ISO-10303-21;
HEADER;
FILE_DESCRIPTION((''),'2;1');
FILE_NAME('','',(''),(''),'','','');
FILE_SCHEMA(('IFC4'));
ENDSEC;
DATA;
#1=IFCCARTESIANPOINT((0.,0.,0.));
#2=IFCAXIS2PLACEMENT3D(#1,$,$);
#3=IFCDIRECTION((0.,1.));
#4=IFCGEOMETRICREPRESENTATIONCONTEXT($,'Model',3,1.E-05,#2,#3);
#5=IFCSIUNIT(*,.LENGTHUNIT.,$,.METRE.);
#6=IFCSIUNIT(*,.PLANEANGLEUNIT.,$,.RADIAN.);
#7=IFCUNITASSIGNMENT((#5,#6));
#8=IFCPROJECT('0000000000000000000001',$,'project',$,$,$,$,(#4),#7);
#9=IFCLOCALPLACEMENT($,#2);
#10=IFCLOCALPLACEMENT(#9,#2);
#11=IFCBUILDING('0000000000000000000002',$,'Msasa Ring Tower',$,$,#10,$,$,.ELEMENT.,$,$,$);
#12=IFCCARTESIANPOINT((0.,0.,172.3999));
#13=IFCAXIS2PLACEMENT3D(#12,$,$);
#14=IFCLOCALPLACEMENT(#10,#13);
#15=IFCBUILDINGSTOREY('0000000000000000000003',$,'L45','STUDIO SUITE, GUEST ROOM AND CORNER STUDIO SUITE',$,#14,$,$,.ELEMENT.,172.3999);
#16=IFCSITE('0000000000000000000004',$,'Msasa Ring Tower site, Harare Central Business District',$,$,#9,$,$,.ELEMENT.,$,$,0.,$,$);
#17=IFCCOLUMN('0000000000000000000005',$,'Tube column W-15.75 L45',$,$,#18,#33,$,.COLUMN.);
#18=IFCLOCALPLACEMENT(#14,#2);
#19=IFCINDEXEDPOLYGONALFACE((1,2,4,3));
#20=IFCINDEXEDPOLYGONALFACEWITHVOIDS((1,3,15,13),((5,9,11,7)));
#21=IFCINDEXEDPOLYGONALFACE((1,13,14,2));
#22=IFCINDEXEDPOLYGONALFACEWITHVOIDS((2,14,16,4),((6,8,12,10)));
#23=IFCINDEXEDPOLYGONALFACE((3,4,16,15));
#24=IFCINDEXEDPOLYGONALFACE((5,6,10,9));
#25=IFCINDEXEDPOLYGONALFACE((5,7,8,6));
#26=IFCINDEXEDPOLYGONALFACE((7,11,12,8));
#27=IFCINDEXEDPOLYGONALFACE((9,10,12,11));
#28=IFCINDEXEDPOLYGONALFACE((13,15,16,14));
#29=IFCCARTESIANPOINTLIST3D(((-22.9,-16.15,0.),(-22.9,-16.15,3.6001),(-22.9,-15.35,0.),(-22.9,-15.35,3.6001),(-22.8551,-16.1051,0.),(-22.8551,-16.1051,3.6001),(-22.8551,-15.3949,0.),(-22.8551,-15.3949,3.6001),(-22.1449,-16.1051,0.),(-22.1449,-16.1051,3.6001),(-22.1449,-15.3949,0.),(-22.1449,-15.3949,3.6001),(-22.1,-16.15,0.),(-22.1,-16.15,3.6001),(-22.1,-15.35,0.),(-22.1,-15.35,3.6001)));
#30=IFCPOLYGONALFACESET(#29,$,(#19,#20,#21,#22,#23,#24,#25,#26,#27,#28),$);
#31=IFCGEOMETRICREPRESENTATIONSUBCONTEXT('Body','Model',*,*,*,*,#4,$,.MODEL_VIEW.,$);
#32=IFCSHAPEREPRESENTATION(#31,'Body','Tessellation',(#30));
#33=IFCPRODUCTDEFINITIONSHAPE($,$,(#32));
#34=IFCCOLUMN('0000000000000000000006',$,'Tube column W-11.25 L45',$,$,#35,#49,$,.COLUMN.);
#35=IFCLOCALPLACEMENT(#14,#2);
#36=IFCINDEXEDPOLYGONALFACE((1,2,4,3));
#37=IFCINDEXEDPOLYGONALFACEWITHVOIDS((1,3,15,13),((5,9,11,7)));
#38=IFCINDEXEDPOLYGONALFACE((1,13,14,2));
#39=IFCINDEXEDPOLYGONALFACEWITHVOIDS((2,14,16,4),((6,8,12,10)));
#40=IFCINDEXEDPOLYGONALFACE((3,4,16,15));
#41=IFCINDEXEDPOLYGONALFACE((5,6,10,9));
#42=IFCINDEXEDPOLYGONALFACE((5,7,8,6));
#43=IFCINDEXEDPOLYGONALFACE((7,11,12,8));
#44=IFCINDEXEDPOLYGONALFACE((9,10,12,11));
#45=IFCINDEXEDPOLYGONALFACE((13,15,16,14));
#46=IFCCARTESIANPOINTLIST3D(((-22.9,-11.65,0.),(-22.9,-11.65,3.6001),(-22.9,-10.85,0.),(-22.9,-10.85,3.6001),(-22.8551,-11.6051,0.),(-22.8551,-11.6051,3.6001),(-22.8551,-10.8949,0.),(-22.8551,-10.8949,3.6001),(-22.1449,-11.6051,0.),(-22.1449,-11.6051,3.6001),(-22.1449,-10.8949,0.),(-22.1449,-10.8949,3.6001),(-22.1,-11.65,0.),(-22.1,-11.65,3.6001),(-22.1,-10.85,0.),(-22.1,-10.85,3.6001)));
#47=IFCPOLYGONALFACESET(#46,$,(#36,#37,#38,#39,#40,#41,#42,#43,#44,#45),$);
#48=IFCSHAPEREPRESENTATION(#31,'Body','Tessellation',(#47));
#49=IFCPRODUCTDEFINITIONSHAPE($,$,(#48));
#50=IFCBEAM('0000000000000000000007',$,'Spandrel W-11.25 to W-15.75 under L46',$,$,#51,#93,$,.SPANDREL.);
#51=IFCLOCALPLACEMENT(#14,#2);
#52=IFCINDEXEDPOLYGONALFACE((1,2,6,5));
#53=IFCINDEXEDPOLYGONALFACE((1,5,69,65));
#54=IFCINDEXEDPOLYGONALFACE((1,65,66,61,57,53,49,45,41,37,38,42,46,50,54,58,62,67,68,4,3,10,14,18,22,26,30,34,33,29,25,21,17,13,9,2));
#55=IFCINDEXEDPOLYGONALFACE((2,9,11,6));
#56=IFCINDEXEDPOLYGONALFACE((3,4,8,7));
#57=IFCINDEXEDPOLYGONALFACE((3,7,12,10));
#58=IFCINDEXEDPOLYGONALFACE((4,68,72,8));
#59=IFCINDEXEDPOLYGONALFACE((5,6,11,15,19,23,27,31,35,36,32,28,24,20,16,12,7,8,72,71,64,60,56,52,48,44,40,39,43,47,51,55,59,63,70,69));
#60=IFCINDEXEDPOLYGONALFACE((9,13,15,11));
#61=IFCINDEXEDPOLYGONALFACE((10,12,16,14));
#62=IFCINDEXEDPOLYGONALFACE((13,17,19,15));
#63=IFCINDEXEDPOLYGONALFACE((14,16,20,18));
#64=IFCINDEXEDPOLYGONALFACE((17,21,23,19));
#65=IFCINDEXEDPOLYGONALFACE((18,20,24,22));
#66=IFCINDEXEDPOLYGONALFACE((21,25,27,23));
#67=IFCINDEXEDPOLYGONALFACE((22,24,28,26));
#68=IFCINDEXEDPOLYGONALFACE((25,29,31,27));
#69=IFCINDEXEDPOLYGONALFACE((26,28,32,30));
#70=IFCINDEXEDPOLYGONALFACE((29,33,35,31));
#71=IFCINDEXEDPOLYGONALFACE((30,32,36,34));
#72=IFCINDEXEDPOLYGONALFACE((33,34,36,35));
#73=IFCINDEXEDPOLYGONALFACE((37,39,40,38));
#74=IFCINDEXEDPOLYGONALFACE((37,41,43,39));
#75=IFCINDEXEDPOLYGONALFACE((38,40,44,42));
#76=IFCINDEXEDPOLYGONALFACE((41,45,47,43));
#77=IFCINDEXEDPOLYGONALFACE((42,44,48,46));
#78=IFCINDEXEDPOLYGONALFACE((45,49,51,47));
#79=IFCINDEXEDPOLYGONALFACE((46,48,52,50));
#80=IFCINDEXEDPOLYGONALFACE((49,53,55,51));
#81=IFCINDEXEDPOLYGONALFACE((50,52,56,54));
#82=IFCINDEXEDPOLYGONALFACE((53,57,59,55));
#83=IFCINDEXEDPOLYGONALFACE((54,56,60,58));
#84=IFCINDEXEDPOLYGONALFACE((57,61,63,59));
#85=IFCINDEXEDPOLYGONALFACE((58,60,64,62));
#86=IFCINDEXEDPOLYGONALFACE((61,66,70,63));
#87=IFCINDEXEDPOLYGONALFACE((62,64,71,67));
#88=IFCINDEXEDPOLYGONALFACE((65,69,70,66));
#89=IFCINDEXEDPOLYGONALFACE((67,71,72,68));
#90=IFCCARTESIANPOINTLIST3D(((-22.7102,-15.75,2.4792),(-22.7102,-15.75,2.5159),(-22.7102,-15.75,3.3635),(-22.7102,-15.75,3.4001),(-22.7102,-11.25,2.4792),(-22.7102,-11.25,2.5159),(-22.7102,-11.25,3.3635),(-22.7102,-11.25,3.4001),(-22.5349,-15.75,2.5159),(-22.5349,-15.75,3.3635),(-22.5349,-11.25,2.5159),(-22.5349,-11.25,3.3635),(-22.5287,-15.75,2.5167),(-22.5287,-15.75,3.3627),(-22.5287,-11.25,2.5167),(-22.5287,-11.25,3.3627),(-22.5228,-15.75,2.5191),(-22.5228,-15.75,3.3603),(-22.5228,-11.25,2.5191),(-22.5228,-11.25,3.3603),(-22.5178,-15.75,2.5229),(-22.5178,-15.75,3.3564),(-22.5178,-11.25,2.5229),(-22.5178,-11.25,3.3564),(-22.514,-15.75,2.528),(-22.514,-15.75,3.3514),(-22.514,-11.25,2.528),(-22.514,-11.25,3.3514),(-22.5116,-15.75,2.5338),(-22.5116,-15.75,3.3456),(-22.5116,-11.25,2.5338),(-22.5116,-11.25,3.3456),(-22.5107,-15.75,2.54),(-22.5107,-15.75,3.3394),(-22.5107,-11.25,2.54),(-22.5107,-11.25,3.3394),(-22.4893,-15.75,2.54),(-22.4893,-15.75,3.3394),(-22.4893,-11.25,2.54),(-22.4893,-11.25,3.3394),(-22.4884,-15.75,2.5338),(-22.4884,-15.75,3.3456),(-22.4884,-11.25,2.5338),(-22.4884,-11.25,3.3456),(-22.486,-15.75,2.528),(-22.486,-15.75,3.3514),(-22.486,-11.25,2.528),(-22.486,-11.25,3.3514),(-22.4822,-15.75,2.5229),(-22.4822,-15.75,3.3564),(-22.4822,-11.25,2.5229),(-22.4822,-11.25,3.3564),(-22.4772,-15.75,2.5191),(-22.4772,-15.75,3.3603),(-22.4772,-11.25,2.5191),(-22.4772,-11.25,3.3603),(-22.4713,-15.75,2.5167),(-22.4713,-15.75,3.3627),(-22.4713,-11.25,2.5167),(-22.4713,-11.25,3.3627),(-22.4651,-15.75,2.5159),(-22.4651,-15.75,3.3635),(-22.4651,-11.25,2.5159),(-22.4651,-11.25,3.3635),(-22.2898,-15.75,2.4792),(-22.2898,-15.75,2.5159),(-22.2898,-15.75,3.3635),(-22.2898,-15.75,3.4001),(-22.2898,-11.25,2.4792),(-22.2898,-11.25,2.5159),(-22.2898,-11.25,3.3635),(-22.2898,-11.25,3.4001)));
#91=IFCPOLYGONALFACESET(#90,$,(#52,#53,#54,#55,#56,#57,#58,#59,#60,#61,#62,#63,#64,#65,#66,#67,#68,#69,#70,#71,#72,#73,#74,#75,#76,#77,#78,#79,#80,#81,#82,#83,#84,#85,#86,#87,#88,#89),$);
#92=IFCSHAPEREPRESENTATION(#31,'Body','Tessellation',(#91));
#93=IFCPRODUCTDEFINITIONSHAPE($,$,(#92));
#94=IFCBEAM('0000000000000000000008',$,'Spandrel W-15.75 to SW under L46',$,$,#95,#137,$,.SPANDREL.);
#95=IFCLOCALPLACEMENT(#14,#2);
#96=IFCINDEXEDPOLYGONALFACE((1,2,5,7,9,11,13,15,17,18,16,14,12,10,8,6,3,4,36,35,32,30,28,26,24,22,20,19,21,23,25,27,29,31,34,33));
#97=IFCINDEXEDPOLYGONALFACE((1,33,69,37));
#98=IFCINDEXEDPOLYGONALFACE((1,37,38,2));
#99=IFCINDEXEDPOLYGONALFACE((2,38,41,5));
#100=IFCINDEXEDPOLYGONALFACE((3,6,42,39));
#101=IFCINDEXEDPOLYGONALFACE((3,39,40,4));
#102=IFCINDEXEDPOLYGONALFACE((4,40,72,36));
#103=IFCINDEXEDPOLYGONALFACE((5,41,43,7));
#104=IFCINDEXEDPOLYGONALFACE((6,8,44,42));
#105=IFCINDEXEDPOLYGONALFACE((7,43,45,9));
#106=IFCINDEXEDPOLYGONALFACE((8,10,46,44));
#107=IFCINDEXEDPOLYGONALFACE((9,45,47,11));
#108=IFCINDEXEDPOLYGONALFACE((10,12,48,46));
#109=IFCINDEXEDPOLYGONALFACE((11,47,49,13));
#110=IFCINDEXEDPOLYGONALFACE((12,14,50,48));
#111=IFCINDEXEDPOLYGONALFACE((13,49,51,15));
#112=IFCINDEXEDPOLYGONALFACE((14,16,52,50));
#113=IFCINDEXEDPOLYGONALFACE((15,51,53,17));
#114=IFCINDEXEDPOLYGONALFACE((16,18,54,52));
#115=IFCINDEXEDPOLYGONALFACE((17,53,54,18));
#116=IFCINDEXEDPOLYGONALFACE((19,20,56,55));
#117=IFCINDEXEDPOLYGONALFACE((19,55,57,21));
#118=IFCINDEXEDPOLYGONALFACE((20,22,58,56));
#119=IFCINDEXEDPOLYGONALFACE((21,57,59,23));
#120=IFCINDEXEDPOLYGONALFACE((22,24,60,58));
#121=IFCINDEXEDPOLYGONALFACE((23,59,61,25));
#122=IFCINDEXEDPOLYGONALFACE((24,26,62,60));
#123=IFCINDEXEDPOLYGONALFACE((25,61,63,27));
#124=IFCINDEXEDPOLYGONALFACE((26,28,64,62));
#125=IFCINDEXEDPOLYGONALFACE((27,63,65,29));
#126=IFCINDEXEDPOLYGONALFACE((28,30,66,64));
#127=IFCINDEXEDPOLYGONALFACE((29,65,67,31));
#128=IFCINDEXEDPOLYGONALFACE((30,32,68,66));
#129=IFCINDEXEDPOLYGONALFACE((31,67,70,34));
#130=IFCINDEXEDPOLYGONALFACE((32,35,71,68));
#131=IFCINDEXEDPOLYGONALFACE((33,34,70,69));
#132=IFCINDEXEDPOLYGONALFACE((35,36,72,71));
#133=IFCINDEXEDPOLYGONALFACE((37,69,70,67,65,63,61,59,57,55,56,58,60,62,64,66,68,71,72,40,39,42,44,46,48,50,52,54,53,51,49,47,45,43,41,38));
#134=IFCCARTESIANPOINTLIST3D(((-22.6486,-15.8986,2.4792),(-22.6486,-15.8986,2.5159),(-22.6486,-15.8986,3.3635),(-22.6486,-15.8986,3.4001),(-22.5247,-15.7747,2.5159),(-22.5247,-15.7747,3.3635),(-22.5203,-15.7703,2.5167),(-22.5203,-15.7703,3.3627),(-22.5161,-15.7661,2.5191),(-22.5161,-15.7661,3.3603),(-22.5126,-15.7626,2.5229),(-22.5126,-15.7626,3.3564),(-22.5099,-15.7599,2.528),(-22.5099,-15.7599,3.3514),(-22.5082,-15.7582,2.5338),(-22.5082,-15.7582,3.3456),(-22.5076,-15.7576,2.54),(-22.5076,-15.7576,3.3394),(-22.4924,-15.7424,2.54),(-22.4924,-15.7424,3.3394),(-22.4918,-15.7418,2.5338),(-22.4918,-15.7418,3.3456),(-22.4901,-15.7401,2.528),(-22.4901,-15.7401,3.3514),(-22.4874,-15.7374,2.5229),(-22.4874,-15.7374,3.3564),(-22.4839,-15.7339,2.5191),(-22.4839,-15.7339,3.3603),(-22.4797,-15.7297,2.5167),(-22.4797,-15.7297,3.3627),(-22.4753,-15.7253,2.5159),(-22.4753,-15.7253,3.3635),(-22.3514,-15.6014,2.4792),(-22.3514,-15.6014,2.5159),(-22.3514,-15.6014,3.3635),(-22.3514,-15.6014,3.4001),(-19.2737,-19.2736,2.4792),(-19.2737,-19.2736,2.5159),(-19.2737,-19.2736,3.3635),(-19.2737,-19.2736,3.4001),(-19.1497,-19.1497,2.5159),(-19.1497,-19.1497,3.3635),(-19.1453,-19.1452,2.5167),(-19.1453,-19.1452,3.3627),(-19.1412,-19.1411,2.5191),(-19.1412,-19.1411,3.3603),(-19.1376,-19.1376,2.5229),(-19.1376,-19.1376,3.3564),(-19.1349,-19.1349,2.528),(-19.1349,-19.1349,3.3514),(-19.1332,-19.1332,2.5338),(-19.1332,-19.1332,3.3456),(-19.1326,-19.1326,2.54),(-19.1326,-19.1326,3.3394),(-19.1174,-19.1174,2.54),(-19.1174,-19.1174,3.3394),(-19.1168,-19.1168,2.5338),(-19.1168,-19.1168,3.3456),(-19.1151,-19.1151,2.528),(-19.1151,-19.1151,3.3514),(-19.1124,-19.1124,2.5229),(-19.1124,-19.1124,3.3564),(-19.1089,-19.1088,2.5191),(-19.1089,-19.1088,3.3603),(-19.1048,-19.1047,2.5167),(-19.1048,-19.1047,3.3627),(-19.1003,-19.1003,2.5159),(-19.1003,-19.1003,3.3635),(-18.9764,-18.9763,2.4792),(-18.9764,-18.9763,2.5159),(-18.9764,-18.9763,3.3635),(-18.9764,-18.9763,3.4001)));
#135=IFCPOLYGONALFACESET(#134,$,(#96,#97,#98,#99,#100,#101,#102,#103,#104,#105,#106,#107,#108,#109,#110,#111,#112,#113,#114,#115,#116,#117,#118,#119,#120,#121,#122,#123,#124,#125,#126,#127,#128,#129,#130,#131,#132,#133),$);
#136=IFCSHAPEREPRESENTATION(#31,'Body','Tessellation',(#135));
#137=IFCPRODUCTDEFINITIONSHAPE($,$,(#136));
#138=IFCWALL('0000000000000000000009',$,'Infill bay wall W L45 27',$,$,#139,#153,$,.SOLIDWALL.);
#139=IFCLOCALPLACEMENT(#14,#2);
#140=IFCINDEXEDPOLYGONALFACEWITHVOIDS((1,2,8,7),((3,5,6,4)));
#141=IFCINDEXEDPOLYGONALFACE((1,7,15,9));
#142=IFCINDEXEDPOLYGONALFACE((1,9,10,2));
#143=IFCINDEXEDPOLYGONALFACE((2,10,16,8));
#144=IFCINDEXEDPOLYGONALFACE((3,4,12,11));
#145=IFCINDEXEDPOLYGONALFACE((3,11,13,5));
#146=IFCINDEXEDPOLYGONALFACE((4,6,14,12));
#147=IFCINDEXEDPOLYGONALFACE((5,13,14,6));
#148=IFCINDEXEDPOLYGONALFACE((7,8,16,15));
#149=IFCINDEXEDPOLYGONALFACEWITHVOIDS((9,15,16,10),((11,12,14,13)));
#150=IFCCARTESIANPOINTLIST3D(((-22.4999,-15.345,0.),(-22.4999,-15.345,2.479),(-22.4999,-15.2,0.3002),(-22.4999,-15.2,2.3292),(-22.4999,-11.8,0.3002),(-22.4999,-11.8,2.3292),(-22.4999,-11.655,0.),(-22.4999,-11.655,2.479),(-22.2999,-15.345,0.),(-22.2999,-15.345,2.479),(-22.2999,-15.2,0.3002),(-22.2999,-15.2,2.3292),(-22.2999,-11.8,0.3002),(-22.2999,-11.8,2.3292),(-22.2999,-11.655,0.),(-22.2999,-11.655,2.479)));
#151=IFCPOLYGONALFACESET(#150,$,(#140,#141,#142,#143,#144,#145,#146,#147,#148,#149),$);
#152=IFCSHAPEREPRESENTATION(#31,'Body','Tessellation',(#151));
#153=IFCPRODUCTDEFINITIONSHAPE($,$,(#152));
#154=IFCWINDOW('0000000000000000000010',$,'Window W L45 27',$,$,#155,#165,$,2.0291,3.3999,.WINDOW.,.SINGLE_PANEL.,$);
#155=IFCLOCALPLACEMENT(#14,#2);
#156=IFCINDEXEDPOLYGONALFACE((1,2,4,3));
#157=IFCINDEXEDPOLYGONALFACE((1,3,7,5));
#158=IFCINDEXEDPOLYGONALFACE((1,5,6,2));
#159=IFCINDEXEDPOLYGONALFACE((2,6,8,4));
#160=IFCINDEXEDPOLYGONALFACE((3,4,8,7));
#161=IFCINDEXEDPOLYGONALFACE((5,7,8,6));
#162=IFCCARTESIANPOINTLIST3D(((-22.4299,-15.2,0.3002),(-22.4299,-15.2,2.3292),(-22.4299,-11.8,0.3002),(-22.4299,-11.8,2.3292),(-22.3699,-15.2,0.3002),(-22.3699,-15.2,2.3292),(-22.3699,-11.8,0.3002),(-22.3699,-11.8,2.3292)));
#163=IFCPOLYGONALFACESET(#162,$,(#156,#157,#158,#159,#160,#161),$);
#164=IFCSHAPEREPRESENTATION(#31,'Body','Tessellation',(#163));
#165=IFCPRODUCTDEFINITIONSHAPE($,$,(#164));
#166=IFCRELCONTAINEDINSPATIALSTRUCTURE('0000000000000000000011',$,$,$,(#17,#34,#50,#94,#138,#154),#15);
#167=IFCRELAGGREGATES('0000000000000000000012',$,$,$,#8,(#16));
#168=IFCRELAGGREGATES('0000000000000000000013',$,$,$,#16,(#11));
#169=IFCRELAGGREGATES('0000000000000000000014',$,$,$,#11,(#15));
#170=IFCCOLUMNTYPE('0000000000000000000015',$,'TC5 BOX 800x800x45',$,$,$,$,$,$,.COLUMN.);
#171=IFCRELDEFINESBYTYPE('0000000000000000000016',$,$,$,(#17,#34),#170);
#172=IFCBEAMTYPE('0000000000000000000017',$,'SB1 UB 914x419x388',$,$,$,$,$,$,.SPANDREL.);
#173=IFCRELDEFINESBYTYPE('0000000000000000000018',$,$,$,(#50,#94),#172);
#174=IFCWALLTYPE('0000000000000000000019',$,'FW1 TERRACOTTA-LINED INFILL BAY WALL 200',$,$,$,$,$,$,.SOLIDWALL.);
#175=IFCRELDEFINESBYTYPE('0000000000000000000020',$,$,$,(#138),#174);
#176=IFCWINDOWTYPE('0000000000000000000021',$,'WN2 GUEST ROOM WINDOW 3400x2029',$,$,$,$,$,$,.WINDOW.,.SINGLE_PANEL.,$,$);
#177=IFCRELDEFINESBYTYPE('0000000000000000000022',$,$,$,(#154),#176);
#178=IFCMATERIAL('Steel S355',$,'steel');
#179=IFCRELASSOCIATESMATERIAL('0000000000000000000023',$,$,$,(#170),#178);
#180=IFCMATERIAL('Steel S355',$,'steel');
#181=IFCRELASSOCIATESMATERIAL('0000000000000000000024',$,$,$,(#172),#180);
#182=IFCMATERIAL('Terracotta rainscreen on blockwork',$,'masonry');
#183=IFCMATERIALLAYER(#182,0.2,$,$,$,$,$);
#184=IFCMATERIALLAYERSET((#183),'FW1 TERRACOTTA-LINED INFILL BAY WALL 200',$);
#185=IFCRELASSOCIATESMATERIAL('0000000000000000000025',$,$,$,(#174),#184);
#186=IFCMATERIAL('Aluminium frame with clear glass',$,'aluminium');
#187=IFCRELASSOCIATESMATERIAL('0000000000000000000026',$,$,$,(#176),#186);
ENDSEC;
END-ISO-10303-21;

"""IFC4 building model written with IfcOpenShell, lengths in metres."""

from ifc_helpers import new_model, si_unit, direction, frame, frame_2d, origin, origin_2d, place, context, subcontext, project, spatial, rectangle, hollow_rectangle, i_section, extrude, material, layer, layer_set, material_profile, profile_set, type_object, element, fill, save


model = new_model("IFC4")

# Units and contexts
model_context = context("Model", 3, precision=1e-05, world=origin(), true_north=direction((0.0, 1.0)))
body_context = subcontext(model_context, "Body", "Model", "MODEL_VIEW")
ifc_project = project(units=[si_unit("LENGTHUNIT", "METRE"), si_unit("PLANEANGLEUNIT", "RADIAN")], contexts=[model_context])

# Site, building, storey
site_placement = place(None, origin())
site = spatial("IfcSite", under=ifc_project, at=site_placement, Name="Msasa Ring Tower site, Harare Central Business District", CompositionType="ELEMENT", RefElevation=0.0)
building_placement = place(site_placement, origin())
building = spatial("IfcBuilding", under=site, at=building_placement, Name="Msasa Ring Tower", CompositionType="ELEMENT")
storey_placement = place(building_placement, frame((0.0, 0.0, 172.3999)))
storey = spatial("IfcBuildingStorey", under=building, at=storey_placement, Name="L45", Description="STUDIO SUITE, GUEST ROOM AND CORNER STUDIO SUITE", CompositionType="ELEMENT", Elevation=172.3999)

# Columns
ifc_material_1 = material(Name="Steel S355", Category="steel")
ifc_material_profile_1 = material_profile(ifc_material_1, hollow_rectangle(XDim=0.8, YDim=0.8, WallThickness=0.0449, at=origin_2d()), Name="BOX 800x800x45")
ifc_profile_set_1 = profile_set([ifc_material_profile_1], Name="Steel S355")
column_type = type_object("IfcColumnType", Name="TC5 BOX 800x800x45", PredefinedType="COLUMN", material=ifc_profile_set_1)
for number, where, z_axis, x_axis, name in (
    (1, (-22.5, -15.75, 0.0), (0.0, 0.0, 1.0), (1.0, 0.0, 0.0), "Tube column W-15.75 L45"),
    (2, (-22.5, -11.25, 0.0), (0.0, 0.0, 1.0), (1.0, 0.0, 0.0), "Tube column W-11.25 L45"),
):
    element("IfcColumn", number, at=place(storey_placement, frame(where, z_axis=z_axis, x_axis=x_axis)), inside=storey, type_object=column_type, Name=name, PredefinedType="COLUMN", context=body_context, shape_type="SweptSolid", body=[
        extrude(hollow_rectangle(XDim=0.8, YDim=0.8, WallThickness=0.0449, at=origin_2d()), origin(), (0.0, 0.0, 1.0), 3.6001),
    ])

# Beams
ifc_material_2 = material(Name="Steel S355", Category="steel")
ifc_material_profile_2 = material_profile(ifc_material_2, i_section(OverallWidth=0.4204, OverallDepth=0.9209, WebThickness=0.0215, FlangeThickness=0.0366, FilletRadius=0.0242, at=origin_2d()), Name="UB 914x419x388")
ifc_profile_set_2 = profile_set([ifc_material_profile_2], Name="Steel S355")
beam_type = type_object("IfcBeamType", Name="SB1 UB 914x419x388", PredefinedType="SPANDREL", material=ifc_profile_set_2)
beam_1_placement = place(storey_placement, frame((-22.5, -11.25, 2.9397), z_axis=(0.0, -1.0, 0.0), x_axis=(1.0, 0.0, 0.0)))
element("IfcBeam", 3, at=beam_1_placement, inside=storey, type_object=beam_type, Name="Spandrel W-11.25 to W-15.75 under L46", PredefinedType="SPANDREL", context=body_context, shape_type="SweptSolid", body=[
    extrude(i_section(OverallWidth=0.4204, OverallDepth=0.9209, WebThickness=0.0215, FlangeThickness=0.0366, FilletRadius=0.0242, at=origin_2d()), origin(), (0.0, 0.0, 1.0), 4.5),
])
beam_2_placement = place(storey_placement, frame((-22.5, -15.75, 2.9397), z_axis=(0.707107, -0.707107, 0.0), x_axis=(0.707107, 0.707107, 0.0)))
element("IfcBeam", 4, at=beam_2_placement, inside=storey, type_object=beam_type, Name="Spandrel W-15.75 to SW under L46", PredefinedType="SPANDREL", context=body_context, shape_type="SweptSolid", body=[
    extrude(i_section(OverallWidth=0.4204, OverallDepth=0.9209, WebThickness=0.0215, FlangeThickness=0.0366, FilletRadius=0.0242, at=origin_2d()), origin(), (0.0, 0.0, 1.0), 4.7729),
])

# Wall, opening, window
ifc_material_3 = material(Name="Terracotta rainscreen on blockwork", Category="masonry")
ifc_layer_1 = layer(ifc_material_3, 0.2)
ifc_layer_set_1 = layer_set([ifc_layer_1], Name="FW1 TERRACOTTA-LINED INFILL BAY WALL 200")
wall_type_1 = type_object("IfcWallType", Name="FW1 TERRACOTTA-LINED INFILL BAY WALL 200", PredefinedType="SOLIDWALL", material=ifc_layer_set_1)
wall_1_placement = place(storey_placement, frame((-22.3999, -15.345, 0.0), z_axis=(0.0, 0.0, 1.0), x_axis=(0.0, 1.0, 0.0)))
wall_1 = element("IfcWall", 5, at=wall_1_placement, inside=storey, type_object=wall_type_1, Name="Infill bay wall W L45 27", PredefinedType="SOLIDWALL", context=body_context, shape_type="SweptSolid", body=[
    extrude(rectangle(XDim=3.6899, YDim=0.2, at=frame_2d((1.845, 0.0))), origin(), (0.0, 0.0, 1.0), 2.479),
])
opening_1_placement = place(wall_1_placement, frame((0.145, 0.0, 0.3)))
opening_1 = element("IfcOpeningElement", 6, at=opening_1_placement, cuts=wall_1, PredefinedType="OPENING", context=body_context, shape_type="SweptSolid", body=[
    extrude(rectangle(XDim=3.3999, YDim=2.0291, at=frame_2d((1.7, 1.0146))), frame((0.0, 0.1099, 0.0), z_axis=(0.0, -1.0, 0.0), x_axis=(1.0, 0.0, 0.0)), (0.0, 0.0, 1.0), 0.22),
])
ifc_material_4 = material(Name="Aluminium frame with clear glass", Category="aluminium")
window_type = type_object("IfcWindowType", Name="WN2 GUEST ROOM WINDOW 3400x2029", PartitioningType="SINGLE_PANEL", PredefinedType="WINDOW", material=ifc_material_4)
window_1_placement = place(opening_1_placement, origin())
window_1 = element("IfcWindow", 7, at=window_1_placement, inside=storey, type_object=window_type, Name="Window W L45 27", OverallHeight=2.0291, OverallWidth=3.3999, PartitioningType="SINGLE_PANEL", PredefinedType="WINDOW", context=body_context, shape_type="SweptSolid", body=[
    extrude(rectangle(XDim=3.3999, YDim=2.0291, at=frame_2d((1.7, 1.0146))), frame((0.0, 0.03, 0.0), z_axis=(0.0, -1.0, 0.0), x_axis=(1.0, 0.0, 0.0)), (0.0, 0.0, 1.0), 0.0601),
])
fill(opening_1, window_1)

save(model, "model.ifc")
